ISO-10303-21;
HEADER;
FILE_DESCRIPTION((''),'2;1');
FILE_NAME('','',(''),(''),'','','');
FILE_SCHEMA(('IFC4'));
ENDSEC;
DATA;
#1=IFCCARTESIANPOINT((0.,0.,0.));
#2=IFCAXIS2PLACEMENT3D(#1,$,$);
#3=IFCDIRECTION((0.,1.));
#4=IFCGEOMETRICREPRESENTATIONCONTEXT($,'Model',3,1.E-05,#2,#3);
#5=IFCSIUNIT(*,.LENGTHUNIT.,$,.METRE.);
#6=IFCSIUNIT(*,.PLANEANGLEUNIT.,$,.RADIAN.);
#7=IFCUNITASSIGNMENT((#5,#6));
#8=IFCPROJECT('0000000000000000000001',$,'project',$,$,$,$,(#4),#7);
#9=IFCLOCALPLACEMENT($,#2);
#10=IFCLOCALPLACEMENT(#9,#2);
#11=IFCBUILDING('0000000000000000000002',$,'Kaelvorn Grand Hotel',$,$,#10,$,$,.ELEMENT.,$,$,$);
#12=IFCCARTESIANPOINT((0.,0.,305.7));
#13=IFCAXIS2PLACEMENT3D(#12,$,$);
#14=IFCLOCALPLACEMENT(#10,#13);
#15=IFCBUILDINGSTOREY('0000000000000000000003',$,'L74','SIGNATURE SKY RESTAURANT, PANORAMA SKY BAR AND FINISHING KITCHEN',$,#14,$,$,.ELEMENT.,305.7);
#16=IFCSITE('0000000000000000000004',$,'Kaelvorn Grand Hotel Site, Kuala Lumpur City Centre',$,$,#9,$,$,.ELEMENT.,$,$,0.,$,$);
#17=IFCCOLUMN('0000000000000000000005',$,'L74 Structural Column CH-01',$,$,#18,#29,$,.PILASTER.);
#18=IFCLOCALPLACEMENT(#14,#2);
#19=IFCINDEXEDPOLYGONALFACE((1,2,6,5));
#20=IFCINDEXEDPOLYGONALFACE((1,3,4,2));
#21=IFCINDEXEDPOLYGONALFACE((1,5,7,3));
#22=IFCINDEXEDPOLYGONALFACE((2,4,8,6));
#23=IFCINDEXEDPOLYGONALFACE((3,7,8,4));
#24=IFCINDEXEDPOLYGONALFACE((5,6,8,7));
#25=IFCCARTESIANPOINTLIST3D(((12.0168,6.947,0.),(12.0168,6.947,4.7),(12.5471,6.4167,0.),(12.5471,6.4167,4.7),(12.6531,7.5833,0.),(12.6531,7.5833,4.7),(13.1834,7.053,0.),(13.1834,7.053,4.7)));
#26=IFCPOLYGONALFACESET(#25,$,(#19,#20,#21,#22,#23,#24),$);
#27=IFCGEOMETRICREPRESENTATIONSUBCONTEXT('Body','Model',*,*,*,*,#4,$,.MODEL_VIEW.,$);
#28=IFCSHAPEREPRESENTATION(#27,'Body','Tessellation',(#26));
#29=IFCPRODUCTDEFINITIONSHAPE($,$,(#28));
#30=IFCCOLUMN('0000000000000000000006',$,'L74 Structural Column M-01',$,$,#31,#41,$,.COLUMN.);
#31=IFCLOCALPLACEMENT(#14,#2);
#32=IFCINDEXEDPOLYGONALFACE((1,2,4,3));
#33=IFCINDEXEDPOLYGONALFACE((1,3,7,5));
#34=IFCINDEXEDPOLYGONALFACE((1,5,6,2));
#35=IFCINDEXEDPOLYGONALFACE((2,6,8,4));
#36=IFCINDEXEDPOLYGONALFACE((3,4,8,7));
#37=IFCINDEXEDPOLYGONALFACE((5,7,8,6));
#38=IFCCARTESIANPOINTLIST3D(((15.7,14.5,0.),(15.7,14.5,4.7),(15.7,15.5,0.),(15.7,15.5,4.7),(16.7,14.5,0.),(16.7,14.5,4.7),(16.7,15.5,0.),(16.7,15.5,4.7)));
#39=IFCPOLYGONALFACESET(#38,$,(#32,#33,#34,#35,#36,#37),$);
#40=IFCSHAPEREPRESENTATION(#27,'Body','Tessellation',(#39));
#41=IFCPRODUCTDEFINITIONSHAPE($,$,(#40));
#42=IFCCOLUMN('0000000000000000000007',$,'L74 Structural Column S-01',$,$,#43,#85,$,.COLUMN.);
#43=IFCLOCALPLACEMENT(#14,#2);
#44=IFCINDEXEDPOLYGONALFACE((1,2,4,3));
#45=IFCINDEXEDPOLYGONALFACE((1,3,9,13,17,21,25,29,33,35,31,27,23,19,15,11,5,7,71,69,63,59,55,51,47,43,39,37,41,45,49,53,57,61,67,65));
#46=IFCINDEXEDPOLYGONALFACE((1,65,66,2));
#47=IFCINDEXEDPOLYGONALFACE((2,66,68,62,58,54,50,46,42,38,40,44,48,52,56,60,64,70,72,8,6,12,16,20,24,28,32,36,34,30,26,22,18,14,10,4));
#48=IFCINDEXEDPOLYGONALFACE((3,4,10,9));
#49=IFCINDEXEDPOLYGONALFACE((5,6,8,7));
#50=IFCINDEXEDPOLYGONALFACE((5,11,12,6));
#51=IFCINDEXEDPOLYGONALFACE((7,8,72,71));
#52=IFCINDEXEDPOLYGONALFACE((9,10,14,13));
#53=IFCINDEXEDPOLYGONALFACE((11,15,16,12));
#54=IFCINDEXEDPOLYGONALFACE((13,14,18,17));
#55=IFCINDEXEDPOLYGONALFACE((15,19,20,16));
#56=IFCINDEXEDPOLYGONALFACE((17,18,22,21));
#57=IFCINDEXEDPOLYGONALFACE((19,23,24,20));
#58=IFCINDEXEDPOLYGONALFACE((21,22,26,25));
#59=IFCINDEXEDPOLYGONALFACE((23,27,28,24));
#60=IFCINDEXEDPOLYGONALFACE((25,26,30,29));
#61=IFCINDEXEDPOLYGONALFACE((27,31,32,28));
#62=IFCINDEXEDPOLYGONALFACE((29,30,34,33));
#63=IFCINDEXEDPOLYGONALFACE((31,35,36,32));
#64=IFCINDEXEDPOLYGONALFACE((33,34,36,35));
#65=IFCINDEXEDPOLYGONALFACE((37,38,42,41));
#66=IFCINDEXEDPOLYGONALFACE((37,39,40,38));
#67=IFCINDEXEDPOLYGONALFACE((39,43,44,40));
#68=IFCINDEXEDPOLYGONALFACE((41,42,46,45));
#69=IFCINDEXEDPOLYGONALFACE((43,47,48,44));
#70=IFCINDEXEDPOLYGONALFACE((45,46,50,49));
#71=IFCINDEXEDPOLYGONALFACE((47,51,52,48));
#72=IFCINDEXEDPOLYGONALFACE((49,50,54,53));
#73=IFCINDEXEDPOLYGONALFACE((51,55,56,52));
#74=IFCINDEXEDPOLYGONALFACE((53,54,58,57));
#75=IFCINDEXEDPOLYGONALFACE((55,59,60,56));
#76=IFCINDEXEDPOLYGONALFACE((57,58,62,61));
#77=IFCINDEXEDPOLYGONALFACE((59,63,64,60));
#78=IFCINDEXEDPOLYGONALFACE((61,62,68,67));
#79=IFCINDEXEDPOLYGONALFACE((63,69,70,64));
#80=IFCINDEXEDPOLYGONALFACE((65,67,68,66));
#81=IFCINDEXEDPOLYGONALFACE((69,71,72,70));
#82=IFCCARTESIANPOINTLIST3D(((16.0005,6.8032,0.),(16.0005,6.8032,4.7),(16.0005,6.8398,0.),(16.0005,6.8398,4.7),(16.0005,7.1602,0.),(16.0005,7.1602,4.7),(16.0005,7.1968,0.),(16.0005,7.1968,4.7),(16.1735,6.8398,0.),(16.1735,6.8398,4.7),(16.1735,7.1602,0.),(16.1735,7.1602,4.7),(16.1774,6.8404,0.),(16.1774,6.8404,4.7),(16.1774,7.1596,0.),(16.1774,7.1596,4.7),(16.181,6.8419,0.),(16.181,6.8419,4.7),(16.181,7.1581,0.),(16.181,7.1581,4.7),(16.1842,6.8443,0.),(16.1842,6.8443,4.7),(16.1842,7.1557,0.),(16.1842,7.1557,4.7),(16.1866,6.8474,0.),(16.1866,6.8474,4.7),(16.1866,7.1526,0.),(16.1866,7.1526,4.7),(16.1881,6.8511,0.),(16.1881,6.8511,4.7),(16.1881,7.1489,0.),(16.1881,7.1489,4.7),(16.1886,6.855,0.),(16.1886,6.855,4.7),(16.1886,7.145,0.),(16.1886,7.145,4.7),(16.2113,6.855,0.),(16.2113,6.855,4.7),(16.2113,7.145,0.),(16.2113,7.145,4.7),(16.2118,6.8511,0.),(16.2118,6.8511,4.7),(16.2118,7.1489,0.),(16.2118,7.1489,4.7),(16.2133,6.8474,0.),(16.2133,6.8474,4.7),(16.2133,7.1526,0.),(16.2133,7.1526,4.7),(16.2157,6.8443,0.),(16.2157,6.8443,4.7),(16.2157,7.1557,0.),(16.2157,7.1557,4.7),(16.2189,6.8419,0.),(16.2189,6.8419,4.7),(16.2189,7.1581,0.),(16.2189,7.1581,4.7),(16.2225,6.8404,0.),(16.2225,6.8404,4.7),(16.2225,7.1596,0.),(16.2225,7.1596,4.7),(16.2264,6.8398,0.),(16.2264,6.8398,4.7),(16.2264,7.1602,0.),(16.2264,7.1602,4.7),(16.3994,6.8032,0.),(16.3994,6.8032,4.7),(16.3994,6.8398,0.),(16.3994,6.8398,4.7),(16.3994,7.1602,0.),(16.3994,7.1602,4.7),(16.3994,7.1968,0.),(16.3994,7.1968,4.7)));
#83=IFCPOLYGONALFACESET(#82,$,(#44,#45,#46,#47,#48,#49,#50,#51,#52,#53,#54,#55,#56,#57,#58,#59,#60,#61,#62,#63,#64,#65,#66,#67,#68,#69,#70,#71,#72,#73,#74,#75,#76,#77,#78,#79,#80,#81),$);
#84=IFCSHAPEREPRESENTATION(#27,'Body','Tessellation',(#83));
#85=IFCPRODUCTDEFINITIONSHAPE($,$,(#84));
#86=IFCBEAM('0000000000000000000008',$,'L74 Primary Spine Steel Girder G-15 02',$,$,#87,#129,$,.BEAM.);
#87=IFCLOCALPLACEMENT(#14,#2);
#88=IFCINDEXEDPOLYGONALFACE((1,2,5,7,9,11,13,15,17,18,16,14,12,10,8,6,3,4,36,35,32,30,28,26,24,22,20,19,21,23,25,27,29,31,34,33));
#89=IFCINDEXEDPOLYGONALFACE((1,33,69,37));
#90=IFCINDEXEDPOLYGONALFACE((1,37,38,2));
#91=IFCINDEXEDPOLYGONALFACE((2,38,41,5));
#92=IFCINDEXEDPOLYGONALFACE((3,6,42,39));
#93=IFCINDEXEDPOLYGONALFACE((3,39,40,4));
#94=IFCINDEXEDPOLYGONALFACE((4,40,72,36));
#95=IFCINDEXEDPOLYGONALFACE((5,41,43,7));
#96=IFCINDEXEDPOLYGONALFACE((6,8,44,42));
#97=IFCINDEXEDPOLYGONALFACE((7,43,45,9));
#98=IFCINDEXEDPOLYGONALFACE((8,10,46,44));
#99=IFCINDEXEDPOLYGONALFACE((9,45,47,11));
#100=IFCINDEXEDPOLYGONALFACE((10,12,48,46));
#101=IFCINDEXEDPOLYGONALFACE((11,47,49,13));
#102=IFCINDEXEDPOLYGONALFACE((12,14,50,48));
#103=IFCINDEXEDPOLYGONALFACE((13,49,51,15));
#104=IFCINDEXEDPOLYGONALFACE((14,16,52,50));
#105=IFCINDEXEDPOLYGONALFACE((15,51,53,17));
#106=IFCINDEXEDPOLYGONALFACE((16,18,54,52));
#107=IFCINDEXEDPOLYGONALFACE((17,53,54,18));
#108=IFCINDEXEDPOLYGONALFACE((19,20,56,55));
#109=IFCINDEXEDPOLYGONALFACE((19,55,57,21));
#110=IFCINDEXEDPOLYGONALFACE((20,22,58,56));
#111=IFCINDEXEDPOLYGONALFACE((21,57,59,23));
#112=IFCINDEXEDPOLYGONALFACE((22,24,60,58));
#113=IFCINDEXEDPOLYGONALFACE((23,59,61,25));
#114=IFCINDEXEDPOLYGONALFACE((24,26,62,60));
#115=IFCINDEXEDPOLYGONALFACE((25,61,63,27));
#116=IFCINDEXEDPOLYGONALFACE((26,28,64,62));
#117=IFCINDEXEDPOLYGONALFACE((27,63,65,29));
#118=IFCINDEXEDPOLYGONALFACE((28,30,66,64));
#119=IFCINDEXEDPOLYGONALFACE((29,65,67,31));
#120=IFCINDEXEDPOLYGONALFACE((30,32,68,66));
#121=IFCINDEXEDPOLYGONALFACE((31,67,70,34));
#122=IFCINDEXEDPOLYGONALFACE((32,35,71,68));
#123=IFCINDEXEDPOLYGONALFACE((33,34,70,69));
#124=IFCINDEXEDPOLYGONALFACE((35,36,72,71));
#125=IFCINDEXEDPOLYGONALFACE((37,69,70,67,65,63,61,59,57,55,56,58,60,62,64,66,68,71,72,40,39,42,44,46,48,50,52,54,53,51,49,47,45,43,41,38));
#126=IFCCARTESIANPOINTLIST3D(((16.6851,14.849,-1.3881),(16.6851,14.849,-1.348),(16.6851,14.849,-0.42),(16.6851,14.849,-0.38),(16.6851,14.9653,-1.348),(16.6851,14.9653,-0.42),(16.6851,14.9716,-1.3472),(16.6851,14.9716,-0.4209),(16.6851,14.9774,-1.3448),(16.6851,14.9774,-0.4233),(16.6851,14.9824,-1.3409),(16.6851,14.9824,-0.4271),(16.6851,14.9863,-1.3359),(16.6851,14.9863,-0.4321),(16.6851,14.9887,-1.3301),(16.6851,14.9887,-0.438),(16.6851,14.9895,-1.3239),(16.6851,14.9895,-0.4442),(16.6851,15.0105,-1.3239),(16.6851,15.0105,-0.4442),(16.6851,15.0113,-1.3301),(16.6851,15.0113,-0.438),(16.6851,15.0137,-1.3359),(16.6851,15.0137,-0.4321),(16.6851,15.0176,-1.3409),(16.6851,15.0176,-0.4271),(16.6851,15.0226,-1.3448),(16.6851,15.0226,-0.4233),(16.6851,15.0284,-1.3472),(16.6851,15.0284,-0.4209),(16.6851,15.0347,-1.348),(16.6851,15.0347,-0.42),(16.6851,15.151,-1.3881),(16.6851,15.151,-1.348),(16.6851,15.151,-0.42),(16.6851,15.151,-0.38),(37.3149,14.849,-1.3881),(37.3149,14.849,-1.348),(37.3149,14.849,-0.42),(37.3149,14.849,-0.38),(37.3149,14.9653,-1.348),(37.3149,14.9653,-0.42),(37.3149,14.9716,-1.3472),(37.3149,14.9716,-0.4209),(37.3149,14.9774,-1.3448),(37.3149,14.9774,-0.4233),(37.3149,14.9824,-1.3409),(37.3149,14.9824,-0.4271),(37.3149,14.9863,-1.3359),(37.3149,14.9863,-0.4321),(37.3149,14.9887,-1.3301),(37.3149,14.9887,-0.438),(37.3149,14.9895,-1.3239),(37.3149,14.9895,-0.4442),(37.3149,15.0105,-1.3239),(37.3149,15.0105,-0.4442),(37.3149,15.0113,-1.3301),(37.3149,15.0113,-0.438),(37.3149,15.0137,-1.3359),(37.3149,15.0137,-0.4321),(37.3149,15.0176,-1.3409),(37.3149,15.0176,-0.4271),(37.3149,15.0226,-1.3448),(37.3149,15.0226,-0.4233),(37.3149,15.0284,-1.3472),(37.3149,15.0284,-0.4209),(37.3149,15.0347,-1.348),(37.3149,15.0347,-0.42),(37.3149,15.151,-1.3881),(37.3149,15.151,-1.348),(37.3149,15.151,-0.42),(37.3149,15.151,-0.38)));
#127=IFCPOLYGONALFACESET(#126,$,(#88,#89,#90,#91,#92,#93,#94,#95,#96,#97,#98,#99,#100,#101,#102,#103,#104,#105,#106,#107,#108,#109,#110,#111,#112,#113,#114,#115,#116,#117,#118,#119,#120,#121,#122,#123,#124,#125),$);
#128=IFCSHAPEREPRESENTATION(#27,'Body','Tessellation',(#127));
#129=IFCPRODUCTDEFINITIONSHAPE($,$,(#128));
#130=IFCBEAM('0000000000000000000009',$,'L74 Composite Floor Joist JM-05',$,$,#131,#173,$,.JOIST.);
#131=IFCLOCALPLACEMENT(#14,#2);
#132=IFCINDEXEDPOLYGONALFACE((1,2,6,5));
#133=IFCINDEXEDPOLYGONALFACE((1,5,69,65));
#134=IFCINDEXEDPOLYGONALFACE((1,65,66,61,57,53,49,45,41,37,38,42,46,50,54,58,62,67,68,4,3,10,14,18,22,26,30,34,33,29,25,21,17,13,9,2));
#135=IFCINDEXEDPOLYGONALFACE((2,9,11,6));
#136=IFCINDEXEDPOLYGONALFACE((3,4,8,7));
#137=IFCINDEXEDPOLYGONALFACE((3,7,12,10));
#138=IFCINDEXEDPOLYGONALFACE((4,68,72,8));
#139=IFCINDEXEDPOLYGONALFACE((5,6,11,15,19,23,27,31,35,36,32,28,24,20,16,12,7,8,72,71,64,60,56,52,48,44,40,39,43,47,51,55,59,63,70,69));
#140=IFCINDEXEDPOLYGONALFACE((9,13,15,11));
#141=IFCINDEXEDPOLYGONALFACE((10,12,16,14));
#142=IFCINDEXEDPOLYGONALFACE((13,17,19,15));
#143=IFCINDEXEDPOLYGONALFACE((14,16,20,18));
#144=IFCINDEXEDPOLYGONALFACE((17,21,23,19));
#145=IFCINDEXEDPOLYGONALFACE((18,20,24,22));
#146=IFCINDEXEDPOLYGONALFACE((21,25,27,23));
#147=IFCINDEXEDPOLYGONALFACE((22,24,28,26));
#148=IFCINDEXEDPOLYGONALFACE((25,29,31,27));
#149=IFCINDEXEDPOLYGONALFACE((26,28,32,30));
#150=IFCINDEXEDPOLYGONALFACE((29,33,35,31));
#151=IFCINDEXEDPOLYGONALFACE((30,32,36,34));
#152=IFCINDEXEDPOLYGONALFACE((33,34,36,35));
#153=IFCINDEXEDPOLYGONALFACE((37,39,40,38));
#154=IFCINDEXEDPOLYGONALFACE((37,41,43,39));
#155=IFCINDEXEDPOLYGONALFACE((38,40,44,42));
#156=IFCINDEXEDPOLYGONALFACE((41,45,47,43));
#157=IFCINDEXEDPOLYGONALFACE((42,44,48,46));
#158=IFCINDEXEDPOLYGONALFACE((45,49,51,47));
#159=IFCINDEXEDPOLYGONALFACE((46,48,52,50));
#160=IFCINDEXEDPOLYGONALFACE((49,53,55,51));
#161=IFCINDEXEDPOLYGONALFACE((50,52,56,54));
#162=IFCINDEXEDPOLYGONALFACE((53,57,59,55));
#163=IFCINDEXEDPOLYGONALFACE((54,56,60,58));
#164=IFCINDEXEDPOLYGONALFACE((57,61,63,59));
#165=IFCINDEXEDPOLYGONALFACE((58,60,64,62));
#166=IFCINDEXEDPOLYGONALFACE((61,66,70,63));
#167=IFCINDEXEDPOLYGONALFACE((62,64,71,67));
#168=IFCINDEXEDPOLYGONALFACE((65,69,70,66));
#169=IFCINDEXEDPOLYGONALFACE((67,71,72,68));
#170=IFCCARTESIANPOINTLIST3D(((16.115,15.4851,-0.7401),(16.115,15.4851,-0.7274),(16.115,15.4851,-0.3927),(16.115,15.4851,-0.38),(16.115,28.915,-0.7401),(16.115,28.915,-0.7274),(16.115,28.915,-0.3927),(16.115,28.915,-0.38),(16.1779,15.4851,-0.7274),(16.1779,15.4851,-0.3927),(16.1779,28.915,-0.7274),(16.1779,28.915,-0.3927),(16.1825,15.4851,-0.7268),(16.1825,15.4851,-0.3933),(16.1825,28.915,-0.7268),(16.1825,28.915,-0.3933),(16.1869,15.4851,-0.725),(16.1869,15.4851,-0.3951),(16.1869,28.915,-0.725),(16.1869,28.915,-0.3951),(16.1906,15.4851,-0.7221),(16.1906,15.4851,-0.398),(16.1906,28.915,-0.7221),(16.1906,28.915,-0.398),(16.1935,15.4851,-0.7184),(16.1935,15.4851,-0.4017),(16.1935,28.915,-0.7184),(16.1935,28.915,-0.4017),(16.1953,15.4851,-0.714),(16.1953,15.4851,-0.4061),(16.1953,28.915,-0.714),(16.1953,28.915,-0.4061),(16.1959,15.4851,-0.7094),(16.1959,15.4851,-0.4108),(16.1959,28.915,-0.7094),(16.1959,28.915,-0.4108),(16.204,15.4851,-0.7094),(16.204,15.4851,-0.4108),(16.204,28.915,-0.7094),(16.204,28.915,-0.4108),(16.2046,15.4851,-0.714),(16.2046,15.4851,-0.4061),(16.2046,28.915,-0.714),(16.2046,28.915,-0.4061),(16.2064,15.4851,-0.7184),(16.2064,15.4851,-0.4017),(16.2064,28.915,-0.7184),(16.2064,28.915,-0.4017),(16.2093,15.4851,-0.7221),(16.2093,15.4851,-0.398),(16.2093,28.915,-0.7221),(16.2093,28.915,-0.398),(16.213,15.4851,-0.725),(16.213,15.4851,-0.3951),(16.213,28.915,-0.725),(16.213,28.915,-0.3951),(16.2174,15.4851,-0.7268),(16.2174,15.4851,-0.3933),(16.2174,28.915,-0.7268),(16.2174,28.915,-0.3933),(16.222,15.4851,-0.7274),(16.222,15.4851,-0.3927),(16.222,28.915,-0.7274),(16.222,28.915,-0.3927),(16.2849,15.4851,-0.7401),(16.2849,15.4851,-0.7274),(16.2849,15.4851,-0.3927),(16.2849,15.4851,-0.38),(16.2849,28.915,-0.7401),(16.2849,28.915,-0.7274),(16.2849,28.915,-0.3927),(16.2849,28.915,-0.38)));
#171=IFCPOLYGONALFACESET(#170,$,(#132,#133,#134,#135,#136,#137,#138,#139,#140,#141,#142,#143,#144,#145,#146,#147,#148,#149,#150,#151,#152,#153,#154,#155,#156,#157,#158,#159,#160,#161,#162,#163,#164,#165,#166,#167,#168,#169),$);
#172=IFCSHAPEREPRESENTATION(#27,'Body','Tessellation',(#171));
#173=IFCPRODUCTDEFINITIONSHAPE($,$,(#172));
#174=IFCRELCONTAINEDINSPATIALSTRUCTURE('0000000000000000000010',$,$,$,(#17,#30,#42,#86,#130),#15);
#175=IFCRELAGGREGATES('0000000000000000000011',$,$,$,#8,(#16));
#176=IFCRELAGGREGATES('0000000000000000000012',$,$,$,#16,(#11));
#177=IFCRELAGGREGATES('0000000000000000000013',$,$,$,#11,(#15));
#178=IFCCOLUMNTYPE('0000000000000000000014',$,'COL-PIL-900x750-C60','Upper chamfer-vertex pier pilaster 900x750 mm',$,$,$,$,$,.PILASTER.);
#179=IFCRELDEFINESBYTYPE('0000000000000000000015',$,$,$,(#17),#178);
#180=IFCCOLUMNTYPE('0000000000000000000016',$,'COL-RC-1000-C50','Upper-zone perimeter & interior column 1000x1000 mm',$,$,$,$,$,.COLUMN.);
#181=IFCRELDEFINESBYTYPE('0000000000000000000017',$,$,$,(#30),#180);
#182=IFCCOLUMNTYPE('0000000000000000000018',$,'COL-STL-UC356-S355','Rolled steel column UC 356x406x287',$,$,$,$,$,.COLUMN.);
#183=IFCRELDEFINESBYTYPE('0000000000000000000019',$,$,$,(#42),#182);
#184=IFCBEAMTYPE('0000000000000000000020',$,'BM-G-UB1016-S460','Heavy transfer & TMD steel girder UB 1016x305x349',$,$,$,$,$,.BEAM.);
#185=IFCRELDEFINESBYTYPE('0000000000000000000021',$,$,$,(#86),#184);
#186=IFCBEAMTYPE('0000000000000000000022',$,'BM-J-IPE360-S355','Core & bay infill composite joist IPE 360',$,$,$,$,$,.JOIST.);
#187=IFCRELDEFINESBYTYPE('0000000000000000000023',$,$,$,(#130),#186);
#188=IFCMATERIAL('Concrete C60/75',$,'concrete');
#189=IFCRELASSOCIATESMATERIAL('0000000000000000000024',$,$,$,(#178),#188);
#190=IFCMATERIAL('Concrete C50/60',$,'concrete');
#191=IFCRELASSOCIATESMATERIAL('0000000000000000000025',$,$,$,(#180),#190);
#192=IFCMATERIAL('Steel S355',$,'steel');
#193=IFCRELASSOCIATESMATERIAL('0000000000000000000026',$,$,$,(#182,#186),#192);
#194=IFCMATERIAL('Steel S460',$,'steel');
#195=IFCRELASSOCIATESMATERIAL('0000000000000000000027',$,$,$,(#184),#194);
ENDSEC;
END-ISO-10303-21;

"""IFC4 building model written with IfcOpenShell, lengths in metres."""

from ifc_helpers import new_model, si_unit, direction, frame, origin, origin_2d, place, context, subcontext, project, spatial, rectangle, i_section, extrude, material, material_profile, profile_set, type_object, element, save


model = new_model("IFC4")

# Units and contexts
model_context = context("Model", 3, precision=1e-05, world=origin(), true_north=direction((0.0, 1.0)))
body_context = subcontext(model_context, "Body", "Model", "MODEL_VIEW")
ifc_project = project(units=[si_unit("LENGTHUNIT", "METRE"), si_unit("PLANEANGLEUNIT", "RADIAN")], contexts=[model_context])

# Site, building, storey
site_placement = place(None, origin())
site = spatial("IfcSite", under=ifc_project, at=site_placement, Name="Kaelvorn Grand Hotel Site, Kuala Lumpur City Centre", CompositionType="ELEMENT", RefElevation=0.0)
building_placement = place(site_placement, origin())
building = spatial("IfcBuilding", under=site, at=building_placement, Name="Kaelvorn Grand Hotel", CompositionType="ELEMENT")
storey_placement = place(building_placement, frame((0.0, 0.0, 305.7)))
storey = spatial("IfcBuildingStorey", under=building, at=storey_placement, Name="L74", Description="SIGNATURE SKY RESTAURANT, PANORAMA SKY BAR AND FINISHING KITCHEN", CompositionType="ELEMENT", Elevation=305.7)

# Columns
ifc_material_1 = material(Name="Concrete C60/75", Category="concrete")
ifc_material_profile_1 = material_profile(ifc_material_1, rectangle(XDim=0.8999, YDim=0.75, at=origin_2d()), Name="RC PILASTER 900x750")
ifc_profile_set_1 = profile_set([ifc_material_profile_1], Name="Concrete C60/75")
column_type_1 = type_object("IfcColumnType", Name="COL-PIL-900x750-C60", Description="Upper chamfer-vertex pier pilaster 900x750 mm", PredefinedType="PILASTER", material=ifc_profile_set_1)
column_1_placement = place(storey_placement, frame((12.6001, 7.0, 0.0), z_axis=(0.0, 0.0, 1.0), x_axis=(0.707107, 0.707107, 0.0)))
element("IfcColumn", 1, at=column_1_placement, inside=storey, type_object=column_type_1, Name="L74 Structural Column CH-01", PredefinedType="PILASTER", context=body_context, shape_type="SweptSolid", body=[
    extrude(rectangle(XDim=0.8999, YDim=0.75, at=origin_2d()), origin(), (0.0, 0.0, 1.0), 4.7),
])
ifc_material_2 = material(Name="Concrete C50/60", Category="concrete")
ifc_material_profile_2 = material_profile(ifc_material_2, rectangle(XDim=1.0, YDim=1.0, at=origin_2d()), Name="RC COL 1000x1000")
ifc_profile_set_2 = profile_set([ifc_material_profile_2], Name="Concrete C50/60")
column_type_2 = type_object("IfcColumnType", Name="COL-RC-1000-C50", Description="Upper-zone perimeter & interior column 1000x1000 mm", PredefinedType="COLUMN", material=ifc_profile_set_2)
column_2_placement = place(storey_placement, frame((16.2, 15.0, 0.0), z_axis=(0.0, 0.0, 1.0), x_axis=(1.0, 0.0, 0.0)))
element("IfcColumn", 2, at=column_2_placement, inside=storey, type_object=column_type_2, Name="L74 Structural Column M-01", PredefinedType="COLUMN", context=body_context, shape_type="SweptSolid", body=[
    extrude(rectangle(XDim=1.0, YDim=1.0, at=origin_2d()), origin(), (0.0, 0.0, 1.0), 4.7),
])
ifc_material_3 = material(Name="Steel S355", Category="steel")
ifc_material_profile_3 = material_profile(ifc_material_3, i_section(OverallWidth=0.3989, OverallDepth=0.3936, WebThickness=0.0227, FlangeThickness=0.0366, FilletRadius=0.0151, at=origin_2d()), Name="UC 356x406x287")
ifc_profile_set_3 = profile_set([ifc_material_profile_3], Name="Steel S355")
column_type_3 = type_object("IfcColumnType", Name="COL-STL-UC356-S355", Description="Rolled steel column UC 356x406x287", PredefinedType="COLUMN", material=ifc_profile_set_3)
column_3_placement = place(storey_placement, frame((16.2, 7.0, 0.0), z_axis=(0.0, 0.0, 1.0), x_axis=(1.0, 0.0, 0.0)))
element("IfcColumn", 3, at=column_3_placement, inside=storey, type_object=column_type_3, Name="L74 Structural Column S-01", PredefinedType="COLUMN", context=body_context, shape_type="SweptSolid", body=[
    extrude(i_section(OverallWidth=0.3989, OverallDepth=0.3936, WebThickness=0.0227, FlangeThickness=0.0366, FilletRadius=0.0151, at=origin_2d()), origin(), (0.0, 0.0, 1.0), 4.7),
])

# Beams
ifc_material_4 = material(Name="Steel S460", Category="steel")
ifc_material_profile_4 = material_profile(ifc_material_4, i_section(OverallWidth=0.302, OverallDepth=1.0081, WebThickness=0.021, FlangeThickness=0.04, FilletRadius=0.0242, at=origin_2d()), Name="UB 1016x305x349")
ifc_profile_set_4 = profile_set([ifc_material_profile_4], Name="Steel S460")
beam_type_1 = type_object("IfcBeamType", Name="BM-G-UB1016-S460", Description="Heavy transfer & TMD steel girder UB 1016x305x349", PredefinedType="BEAM", material=ifc_profile_set_4)
beam_1_placement = place(storey_placement, frame((16.6851, 15.0, -0.884), z_axis=(1.0, 0.0, 0.0), x_axis=(0.0, 1.0, 0.0)))
element("IfcBeam", 4, at=beam_1_placement, inside=storey, type_object=beam_type_1, Name="L74 Primary Spine Steel Girder G-15 02", PredefinedType="BEAM", context=body_context, shape_type="SweptSolid", body=[
    extrude(i_section(OverallWidth=0.302, OverallDepth=1.0081, WebThickness=0.021, FlangeThickness=0.04, FilletRadius=0.0242, at=origin_2d()), origin(), (0.0, 0.0, 1.0), 20.6299),
])
ifc_material_profile_5 = material_profile(ifc_material_3, i_section(OverallWidth=0.1699, OverallDepth=0.3601, WebThickness=0.0081, FlangeThickness=0.0127, FilletRadius=0.0181, at=origin_2d()), Name="IPE 360")
ifc_profile_set_5 = profile_set([ifc_material_profile_5], Name="Steel S355")
beam_type_2 = type_object("IfcBeamType", Name="BM-J-IPE360-S355", Description="Core & bay infill composite joist IPE 360", PredefinedType="JOIST", material=ifc_profile_set_5)
beam_2_placement = place(storey_placement, frame((16.2, 15.4851, -0.5601), z_axis=(0.0, 1.0, 0.0), x_axis=(-1.0, 0.0, 0.0)))
element("IfcBeam", 5, at=beam_2_placement, inside=storey, type_object=beam_type_2, Name="L74 Composite Floor Joist JM-05", PredefinedType="JOIST", context=body_context, shape_type="SweptSolid", body=[
    extrude(i_section(OverallWidth=0.1699, OverallDepth=0.3601, WebThickness=0.0081, FlangeThickness=0.0127, FilletRadius=0.0181, at=origin_2d()), origin(), (0.0, 0.0, 1.0), 13.4299),
])

save(model, "model.ifc")
